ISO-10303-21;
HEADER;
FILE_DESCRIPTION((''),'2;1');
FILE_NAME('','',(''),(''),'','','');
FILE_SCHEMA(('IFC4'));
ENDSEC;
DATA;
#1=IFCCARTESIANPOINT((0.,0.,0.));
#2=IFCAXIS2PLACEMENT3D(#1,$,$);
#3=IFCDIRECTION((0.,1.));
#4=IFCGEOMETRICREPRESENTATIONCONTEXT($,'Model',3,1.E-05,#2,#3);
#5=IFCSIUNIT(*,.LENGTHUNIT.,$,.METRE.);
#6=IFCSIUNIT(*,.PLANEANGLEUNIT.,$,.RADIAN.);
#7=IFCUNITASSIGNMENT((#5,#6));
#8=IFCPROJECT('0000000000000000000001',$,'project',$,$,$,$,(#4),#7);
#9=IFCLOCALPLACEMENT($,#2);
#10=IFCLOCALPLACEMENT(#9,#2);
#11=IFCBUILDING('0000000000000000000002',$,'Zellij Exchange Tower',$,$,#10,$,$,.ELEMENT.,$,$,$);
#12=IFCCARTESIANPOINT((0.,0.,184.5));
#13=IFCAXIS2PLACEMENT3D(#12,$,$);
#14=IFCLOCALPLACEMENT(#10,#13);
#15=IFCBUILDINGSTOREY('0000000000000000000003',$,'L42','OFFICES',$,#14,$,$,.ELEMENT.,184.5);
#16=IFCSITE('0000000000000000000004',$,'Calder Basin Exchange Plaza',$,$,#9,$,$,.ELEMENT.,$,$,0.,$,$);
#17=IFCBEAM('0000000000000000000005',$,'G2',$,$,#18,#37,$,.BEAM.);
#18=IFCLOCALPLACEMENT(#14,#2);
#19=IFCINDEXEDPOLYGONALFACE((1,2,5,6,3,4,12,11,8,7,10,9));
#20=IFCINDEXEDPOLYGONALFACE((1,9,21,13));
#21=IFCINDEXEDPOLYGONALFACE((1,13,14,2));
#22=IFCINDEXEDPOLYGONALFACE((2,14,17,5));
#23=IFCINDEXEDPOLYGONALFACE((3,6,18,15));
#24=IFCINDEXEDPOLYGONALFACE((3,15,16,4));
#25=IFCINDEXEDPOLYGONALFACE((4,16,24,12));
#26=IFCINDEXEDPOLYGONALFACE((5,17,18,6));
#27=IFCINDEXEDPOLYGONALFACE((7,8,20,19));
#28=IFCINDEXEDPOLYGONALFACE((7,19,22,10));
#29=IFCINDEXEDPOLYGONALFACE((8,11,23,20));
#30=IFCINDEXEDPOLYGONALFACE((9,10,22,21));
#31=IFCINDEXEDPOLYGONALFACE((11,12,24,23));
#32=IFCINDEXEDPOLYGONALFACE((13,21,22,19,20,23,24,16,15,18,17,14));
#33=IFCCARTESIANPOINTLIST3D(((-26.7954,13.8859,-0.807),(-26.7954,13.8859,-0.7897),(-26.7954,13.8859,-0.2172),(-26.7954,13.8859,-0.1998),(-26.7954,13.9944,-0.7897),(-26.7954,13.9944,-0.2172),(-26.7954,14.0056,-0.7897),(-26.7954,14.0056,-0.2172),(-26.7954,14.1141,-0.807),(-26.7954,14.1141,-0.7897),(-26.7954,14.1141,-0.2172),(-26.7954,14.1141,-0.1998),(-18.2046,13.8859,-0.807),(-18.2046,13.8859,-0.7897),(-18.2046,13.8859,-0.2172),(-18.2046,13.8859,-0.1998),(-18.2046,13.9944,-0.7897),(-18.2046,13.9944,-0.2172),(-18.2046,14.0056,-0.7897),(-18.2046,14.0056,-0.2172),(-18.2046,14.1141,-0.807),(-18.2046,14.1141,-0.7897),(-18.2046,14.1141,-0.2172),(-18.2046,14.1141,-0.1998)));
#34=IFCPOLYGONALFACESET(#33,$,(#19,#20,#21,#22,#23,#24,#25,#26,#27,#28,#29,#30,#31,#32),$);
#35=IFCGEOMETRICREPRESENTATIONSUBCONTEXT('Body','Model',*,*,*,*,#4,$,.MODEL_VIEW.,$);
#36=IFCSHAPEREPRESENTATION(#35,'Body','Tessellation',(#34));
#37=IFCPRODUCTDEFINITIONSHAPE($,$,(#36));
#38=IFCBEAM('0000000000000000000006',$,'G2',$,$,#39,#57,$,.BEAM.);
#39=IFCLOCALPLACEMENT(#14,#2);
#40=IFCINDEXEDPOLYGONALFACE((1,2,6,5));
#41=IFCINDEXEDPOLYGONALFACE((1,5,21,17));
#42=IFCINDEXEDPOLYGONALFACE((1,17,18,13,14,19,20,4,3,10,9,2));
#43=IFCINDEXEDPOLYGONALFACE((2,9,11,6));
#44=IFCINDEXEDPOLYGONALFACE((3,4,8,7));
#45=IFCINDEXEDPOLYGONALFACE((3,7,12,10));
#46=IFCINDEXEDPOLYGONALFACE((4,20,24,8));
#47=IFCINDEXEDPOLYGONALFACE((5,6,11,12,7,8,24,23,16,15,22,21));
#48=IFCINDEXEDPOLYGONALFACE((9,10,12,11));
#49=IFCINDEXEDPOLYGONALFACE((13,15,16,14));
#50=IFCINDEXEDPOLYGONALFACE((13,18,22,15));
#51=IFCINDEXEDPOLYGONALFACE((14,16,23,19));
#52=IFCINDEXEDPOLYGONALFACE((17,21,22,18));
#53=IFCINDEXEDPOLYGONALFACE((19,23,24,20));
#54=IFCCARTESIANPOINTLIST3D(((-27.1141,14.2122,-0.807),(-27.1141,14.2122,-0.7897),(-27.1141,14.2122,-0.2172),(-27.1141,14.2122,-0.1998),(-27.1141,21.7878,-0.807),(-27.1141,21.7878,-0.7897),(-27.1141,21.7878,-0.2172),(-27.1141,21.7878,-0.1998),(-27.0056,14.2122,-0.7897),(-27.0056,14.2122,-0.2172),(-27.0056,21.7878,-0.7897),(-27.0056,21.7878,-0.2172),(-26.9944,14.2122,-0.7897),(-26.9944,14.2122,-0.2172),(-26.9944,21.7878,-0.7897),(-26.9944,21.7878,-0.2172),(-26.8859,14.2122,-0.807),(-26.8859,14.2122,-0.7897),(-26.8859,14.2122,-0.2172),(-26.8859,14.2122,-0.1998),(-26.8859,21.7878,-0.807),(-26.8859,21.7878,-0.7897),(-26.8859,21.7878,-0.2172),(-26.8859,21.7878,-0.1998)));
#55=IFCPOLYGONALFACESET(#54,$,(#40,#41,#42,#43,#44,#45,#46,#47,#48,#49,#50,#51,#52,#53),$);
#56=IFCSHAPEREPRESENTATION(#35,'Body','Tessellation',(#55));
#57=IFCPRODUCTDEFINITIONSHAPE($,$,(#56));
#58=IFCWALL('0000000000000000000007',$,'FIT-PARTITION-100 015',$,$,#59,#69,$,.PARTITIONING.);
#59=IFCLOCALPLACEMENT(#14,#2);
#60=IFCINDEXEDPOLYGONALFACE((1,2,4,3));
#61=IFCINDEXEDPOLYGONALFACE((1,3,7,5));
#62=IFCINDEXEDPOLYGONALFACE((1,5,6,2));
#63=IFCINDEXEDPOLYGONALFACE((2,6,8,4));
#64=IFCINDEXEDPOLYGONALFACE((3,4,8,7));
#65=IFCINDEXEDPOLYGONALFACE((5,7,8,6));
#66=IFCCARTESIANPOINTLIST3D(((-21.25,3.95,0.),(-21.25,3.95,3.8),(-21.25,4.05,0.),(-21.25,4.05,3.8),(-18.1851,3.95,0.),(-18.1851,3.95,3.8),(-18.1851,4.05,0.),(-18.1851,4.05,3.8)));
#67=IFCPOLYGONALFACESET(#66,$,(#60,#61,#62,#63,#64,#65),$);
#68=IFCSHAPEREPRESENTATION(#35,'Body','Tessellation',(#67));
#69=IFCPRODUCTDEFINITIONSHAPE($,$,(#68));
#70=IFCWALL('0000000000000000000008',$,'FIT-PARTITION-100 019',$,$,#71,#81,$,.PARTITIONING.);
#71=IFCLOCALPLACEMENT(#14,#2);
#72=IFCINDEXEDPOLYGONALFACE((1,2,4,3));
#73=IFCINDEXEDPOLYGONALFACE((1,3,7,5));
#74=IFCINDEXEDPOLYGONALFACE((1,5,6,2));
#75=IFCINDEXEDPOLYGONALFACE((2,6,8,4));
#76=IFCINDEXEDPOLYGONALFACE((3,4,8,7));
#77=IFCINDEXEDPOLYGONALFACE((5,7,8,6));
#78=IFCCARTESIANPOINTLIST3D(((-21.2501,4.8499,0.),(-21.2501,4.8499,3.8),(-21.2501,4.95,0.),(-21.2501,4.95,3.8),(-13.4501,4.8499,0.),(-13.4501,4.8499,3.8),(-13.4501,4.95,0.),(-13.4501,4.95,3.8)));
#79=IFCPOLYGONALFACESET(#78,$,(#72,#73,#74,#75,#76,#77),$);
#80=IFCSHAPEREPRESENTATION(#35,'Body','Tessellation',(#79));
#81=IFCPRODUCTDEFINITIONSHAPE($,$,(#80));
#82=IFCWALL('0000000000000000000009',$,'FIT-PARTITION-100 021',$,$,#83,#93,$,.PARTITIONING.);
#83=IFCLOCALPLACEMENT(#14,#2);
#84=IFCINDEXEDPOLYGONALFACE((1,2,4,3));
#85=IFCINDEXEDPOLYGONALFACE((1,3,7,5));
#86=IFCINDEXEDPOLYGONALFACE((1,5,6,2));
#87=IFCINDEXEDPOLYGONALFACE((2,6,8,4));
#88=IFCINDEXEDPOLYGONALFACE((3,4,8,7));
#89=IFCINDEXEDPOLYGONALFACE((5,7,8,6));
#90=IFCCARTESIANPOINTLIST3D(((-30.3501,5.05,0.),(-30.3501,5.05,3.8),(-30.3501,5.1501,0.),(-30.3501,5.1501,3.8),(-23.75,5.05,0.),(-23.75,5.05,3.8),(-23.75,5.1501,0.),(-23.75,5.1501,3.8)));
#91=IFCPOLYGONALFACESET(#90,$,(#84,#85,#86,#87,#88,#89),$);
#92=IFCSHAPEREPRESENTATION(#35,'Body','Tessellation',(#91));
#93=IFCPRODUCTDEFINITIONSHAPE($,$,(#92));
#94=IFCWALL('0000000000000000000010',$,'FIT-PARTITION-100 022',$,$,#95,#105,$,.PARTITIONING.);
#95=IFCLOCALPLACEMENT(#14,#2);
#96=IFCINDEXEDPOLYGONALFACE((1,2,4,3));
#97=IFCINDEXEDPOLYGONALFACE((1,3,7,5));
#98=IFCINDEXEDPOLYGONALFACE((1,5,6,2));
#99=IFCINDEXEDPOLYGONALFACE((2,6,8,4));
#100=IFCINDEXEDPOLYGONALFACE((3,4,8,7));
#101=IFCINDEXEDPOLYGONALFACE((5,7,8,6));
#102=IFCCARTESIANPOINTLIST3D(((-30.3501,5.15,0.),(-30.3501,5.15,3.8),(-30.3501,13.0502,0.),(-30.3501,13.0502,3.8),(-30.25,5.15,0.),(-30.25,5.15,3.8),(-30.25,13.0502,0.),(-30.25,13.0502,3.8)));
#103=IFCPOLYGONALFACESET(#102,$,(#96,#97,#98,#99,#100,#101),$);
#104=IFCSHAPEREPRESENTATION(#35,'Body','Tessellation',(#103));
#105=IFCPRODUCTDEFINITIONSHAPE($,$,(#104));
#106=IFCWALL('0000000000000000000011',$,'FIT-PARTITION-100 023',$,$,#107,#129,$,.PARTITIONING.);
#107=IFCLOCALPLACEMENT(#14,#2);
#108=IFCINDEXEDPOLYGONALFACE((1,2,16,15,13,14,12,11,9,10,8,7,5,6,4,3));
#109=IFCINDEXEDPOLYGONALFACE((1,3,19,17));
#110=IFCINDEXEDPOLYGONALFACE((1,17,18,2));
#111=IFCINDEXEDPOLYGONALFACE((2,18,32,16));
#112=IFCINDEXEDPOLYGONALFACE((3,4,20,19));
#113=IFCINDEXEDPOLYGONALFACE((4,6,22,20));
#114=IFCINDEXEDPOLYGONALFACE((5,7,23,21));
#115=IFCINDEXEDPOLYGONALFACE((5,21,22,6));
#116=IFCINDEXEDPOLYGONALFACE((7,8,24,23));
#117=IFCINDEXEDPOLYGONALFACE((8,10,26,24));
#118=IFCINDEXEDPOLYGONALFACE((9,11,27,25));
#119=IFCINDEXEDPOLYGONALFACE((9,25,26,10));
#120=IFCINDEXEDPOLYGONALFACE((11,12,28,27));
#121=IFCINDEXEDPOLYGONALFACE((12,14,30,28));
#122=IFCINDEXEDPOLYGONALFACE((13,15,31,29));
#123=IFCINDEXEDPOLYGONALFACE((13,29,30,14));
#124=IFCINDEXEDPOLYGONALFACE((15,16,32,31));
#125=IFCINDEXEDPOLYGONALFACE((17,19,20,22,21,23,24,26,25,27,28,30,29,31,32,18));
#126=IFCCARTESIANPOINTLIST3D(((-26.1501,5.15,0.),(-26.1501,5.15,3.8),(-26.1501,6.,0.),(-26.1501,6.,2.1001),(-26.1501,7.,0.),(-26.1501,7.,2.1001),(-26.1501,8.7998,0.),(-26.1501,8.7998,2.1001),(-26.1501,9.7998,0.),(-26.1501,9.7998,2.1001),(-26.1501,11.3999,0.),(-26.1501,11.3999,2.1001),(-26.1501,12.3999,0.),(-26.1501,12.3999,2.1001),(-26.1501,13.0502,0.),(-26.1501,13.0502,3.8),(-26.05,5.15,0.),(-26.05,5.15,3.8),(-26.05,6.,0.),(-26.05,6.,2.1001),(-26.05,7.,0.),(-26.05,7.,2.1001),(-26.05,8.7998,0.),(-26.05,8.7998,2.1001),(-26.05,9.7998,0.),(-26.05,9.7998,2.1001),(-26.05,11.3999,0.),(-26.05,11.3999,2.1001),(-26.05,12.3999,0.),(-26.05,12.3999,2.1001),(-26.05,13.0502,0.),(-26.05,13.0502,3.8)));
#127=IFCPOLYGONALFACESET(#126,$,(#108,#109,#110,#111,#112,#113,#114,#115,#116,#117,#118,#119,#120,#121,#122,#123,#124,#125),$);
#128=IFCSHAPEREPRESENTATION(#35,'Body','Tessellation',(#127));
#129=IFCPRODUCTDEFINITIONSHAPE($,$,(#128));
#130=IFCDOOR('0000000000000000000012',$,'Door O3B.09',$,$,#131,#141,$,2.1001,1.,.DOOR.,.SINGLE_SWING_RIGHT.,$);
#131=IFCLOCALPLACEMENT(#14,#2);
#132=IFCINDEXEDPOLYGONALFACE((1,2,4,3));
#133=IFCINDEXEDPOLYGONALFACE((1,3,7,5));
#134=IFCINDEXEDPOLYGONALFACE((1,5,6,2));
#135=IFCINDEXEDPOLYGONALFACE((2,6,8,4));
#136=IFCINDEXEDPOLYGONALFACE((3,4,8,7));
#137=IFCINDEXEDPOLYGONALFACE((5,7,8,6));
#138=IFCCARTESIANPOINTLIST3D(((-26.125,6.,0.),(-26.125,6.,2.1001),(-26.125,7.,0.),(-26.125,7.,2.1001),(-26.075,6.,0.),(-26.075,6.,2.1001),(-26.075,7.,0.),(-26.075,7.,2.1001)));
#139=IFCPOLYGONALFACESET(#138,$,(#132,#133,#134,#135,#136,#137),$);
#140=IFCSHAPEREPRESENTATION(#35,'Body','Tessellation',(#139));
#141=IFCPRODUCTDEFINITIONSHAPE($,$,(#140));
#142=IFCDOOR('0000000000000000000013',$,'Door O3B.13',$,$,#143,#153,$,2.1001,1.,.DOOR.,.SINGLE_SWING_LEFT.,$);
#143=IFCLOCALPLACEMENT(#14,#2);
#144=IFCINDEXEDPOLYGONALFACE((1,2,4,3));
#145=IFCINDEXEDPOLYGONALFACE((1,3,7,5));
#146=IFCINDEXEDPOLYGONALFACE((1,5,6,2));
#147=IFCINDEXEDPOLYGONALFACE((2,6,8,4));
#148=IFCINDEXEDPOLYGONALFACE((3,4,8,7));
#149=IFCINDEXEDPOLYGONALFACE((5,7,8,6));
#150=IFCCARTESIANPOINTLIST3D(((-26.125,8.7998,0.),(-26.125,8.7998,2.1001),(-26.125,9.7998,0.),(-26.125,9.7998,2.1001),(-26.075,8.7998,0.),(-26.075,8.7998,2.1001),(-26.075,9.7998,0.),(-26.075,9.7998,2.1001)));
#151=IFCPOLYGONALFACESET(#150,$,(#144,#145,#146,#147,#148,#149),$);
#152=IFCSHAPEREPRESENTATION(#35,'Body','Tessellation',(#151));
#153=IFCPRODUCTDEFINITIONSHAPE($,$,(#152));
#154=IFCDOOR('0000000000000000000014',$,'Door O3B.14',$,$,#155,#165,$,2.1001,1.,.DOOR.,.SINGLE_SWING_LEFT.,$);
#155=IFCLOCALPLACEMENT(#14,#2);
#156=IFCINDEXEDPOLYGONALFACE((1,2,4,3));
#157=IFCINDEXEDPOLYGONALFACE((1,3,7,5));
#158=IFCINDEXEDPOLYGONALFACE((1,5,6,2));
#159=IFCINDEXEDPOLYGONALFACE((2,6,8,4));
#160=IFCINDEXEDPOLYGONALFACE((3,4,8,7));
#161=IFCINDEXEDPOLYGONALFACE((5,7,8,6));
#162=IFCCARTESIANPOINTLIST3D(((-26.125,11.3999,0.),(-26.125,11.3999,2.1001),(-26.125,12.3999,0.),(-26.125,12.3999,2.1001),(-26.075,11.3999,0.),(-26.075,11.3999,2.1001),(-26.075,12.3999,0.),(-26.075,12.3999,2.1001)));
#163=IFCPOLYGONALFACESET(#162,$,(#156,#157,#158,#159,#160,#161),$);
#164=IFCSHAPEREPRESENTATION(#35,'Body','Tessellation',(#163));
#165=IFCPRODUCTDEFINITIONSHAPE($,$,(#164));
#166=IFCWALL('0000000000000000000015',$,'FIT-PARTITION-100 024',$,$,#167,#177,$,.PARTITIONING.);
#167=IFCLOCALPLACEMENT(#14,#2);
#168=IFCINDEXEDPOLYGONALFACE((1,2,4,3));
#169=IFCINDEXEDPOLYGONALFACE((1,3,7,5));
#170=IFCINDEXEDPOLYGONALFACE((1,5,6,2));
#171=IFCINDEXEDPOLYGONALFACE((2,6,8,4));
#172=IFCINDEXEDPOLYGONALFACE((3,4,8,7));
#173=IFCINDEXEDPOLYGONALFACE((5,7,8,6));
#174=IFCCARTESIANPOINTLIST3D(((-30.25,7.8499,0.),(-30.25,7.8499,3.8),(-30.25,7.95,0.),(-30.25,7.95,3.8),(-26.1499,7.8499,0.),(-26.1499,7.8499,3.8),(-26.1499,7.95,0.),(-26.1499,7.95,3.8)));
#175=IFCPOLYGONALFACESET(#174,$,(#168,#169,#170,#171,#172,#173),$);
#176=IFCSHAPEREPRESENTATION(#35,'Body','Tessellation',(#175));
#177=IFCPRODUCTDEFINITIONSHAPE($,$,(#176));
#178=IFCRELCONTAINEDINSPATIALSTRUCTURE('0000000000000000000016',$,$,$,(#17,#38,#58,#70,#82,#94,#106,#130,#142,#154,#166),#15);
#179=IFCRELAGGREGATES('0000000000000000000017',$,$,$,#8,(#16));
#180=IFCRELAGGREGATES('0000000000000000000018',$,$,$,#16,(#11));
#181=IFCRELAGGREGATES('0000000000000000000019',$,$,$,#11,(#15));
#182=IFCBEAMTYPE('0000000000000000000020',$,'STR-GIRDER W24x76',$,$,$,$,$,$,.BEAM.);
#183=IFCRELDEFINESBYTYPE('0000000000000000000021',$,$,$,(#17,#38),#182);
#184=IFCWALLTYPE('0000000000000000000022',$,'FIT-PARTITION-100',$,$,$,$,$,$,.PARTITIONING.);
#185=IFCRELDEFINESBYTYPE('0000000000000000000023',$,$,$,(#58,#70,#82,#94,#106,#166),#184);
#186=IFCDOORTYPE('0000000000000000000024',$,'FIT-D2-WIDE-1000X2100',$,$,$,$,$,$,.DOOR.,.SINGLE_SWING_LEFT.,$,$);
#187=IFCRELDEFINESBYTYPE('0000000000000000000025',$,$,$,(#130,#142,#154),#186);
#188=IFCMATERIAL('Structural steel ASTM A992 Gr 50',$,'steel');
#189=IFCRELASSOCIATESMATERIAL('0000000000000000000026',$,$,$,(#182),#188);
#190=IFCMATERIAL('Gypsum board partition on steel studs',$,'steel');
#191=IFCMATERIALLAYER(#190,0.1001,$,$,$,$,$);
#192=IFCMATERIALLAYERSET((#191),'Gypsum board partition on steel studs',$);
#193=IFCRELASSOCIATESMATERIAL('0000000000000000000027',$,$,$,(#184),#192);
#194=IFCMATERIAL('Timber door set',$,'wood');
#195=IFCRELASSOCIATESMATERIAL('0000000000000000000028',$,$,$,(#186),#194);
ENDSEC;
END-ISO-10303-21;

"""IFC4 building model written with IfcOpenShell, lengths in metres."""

from ifc_helpers import new_model, si_unit, direction, frame, frame_2d, origin, origin_2d, place, context, subcontext, project, spatial, rectangle, i_section, extrude, material, layer, layer_set, material_profile, profile_set, type_object, element, fill, save


model = new_model("IFC4")

# Units and contexts
model_context = context("Model", 3, precision=1e-05, world=origin(), true_north=direction((0.0, 1.0)))
body_context = subcontext(model_context, "Body", "Model", "MODEL_VIEW")
ifc_project = project(units=[si_unit("LENGTHUNIT", "METRE"), si_unit("PLANEANGLEUNIT", "RADIAN")], contexts=[model_context])

# Site, building, storey
site_placement = place(None, origin())
site = spatial("IfcSite", under=ifc_project, at=site_placement, Name="Calder Basin Exchange Plaza", CompositionType="ELEMENT", RefElevation=0.0)
building_placement = place(site_placement, origin())
building = spatial("IfcBuilding", under=site, at=building_placement, Name="Zellij Exchange Tower", CompositionType="ELEMENT")
storey_placement = place(building_placement, frame((0.0, 0.0, 184.5)))
storey = spatial("IfcBuildingStorey", under=building, at=storey_placement, Name="L42", Description="OFFICES", CompositionType="ELEMENT", Elevation=184.5)

# Beams
ifc_material_1 = material(Name="Structural steel ASTM A992 Gr 50", Category="steel")
ifc_material_profile_1 = material_profile(ifc_material_1, i_section(OverallWidth=0.2283, OverallDepth=0.6072, WebThickness=0.0112, FlangeThickness=0.0173, at=origin_2d()), Name="W24x76")
ifc_profile_set_1 = profile_set([ifc_material_profile_1], Name="Structural steel ASTM A992 Gr 50")
beam_type_1 = type_object("IfcBeamType", Name="STR-GIRDER W24x76", PredefinedType="BEAM", material=ifc_profile_set_1)
beam_1_placement = place(storey_placement, frame((-26.7954, 14.0, -0.5034), z_axis=(1.0, 0.0, 0.0), x_axis=(0.0, 1.0, 0.0)))
element("IfcBeam", 1, at=beam_1_placement, inside=storey, type_object=beam_type_1, Name="G2", PredefinedType="BEAM", context=body_context, shape_type="SweptSolid", body=[
    extrude(i_section(OverallWidth=0.2283, OverallDepth=0.6072, WebThickness=0.0112, FlangeThickness=0.0173, at=origin_2d()), origin(), (0.0, 0.0, 1.0), 8.5908),
])
beam_2_placement = place(storey_placement, frame((-27.0, 14.2122, -0.5034), z_axis=(0.0, 1.0, 0.0), x_axis=(-1.0, 0.0, 0.0)))
element("IfcBeam", 2, at=beam_2_placement, inside=storey, type_object=beam_type_1, Name="G2", PredefinedType="BEAM", context=body_context, shape_type="SweptSolid", body=[
    extrude(i_section(OverallWidth=0.2283, OverallDepth=0.6072, WebThickness=0.0112, FlangeThickness=0.0173, at=origin_2d()), origin(), (0.0, 0.0, 1.0), 7.5757),
])

# Walls
ifc_material_2 = material(Name="Gypsum board partition on steel studs", Category="steel")
ifc_layer_1 = layer(ifc_material_2, 0.1001)
ifc_layer_set_1 = layer_set([ifc_layer_1], Name="Gypsum board partition on steel studs")
wall_type_1 = type_object("IfcWallType", Name="FIT-PARTITION-100", PredefinedType="PARTITIONING", material=ifc_layer_set_1)
wall_1_placement = place(storey_placement, frame((-21.25, 4.0, 0.0), z_axis=(0.0, 0.0, 1.0), x_axis=(1.0, 0.0, 0.0)))
element("IfcWall", 3, at=wall_1_placement, inside=storey, type_object=wall_type_1, Name="FIT-PARTITION-100 015", PredefinedType="PARTITIONING", context=body_context, shape_type="SweptSolid", body=[
    extrude(rectangle(XDim=3.0649, YDim=0.1001, at=frame_2d((1.5325, 0.0))), origin(), (0.0, 0.0, 1.0), 3.8),
])
wall_2_placement = place(storey_placement, frame((-21.25, 4.8999, 0.0), z_axis=(0.0, 0.0, 1.0), x_axis=(1.0, 0.0, 0.0)))
element("IfcWall", 4, at=wall_2_placement, inside=storey, type_object=wall_type_1, Name="FIT-PARTITION-100 019", PredefinedType="PARTITIONING", context=body_context, shape_type="SweptSolid", body=[
    extrude(rectangle(XDim=7.8, YDim=0.1001, at=frame_2d((3.8999, 0.0))), origin(), (0.0, 0.0, 1.0), 3.8),
])
wall_3_placement = place(storey_placement, frame((-30.3501, 5.1001, 0.0), z_axis=(0.0, 0.0, 1.0), x_axis=(1.0, 0.0, 0.0)))
element("IfcWall", 5, at=wall_3_placement, inside=storey, type_object=wall_type_1, Name="FIT-PARTITION-100 021", PredefinedType="PARTITIONING", context=body_context, shape_type="SweptSolid", body=[
    extrude(rectangle(XDim=6.6001, YDim=0.1001, at=frame_2d((3.3, 0.0))), origin(), (0.0, 0.0, 1.0), 3.8),
])
wall_4_placement = place(storey_placement, frame((-30.3, 5.1499, 0.0), z_axis=(0.0, 0.0, 1.0), x_axis=(0.0, 1.0, 0.0)))
element("IfcWall", 6, at=wall_4_placement, inside=storey, type_object=wall_type_1, Name="FIT-PARTITION-100 022", PredefinedType="PARTITIONING", context=body_context, shape_type="SweptSolid", body=[
    extrude(rectangle(XDim=7.9001, YDim=0.1001, at=frame_2d((3.9502, 0.0))), origin(), (0.0, 0.0, 1.0), 3.8),
])

# Wall, openings, doors
wall_5_placement = place(storey_placement, frame((-26.1001, 5.1499, 0.0), z_axis=(0.0, 0.0, 1.0), x_axis=(0.0, 1.0, 0.0)))
wall_5 = element("IfcWall", 7, at=wall_5_placement, inside=storey, type_object=wall_type_1, Name="FIT-PARTITION-100 023", PredefinedType="PARTITIONING", context=body_context, shape_type="SweptSolid", body=[
    extrude(rectangle(XDim=7.9001, YDim=0.1001, at=frame_2d((3.9502, 0.0))), origin(), (0.0, 0.0, 1.0), 3.8),
])
opening_1_placement = place(wall_5_placement, frame((0.8501, 0.0, 0.0)))
opening_1 = element("IfcOpeningElement", 8, at=opening_1_placement, cuts=wall_5, PredefinedType="OPENING", context=body_context, shape_type="SweptSolid", body=[
    extrude(rectangle(XDim=1.0, YDim=2.1001, at=frame_2d((0.5, 1.05))), frame((0.0, 0.062, 0.0), z_axis=(0.0, -1.0, 0.0), x_axis=(1.0, 0.0, 0.0)), (0.0, 0.0, 1.0), 0.124),
])
opening_2_placement = place(wall_5_placement, frame((3.6499, 0.0, 0.0)))
opening_2 = element("IfcOpeningElement", 9, at=opening_2_placement, cuts=wall_5, PredefinedType="OPENING", context=body_context, shape_type="SweptSolid", body=[
    extrude(rectangle(XDim=1.0, YDim=2.1001, at=frame_2d((0.5, 1.05))), frame((0.0, 0.062, 0.0), z_axis=(0.0, -1.0, 0.0), x_axis=(1.0, 0.0, 0.0)), (0.0, 0.0, 1.0), 0.124),
])
opening_3_placement = place(wall_5_placement, frame((6.25, 0.0, 0.0)))
opening_3 = element("IfcOpeningElement", 10, at=opening_3_placement, cuts=wall_5, PredefinedType="OPENING", context=body_context, shape_type="SweptSolid", body=[
    extrude(rectangle(XDim=1.0, YDim=2.1001, at=frame_2d((0.5, 1.05))), frame((0.0, 0.062, 0.0), z_axis=(0.0, -1.0, 0.0), x_axis=(1.0, 0.0, 0.0)), (0.0, 0.0, 1.0), 0.124),
])
ifc_material_3 = material(Name="Timber door set", Category="wood")
door_type = type_object("IfcDoorType", Name="FIT-D2-WIDE-1000X2100", OperationType="SINGLE_SWING_LEFT", PredefinedType="DOOR", material=ifc_material_3)
door_1_placement = place(opening_1_placement, origin())
door_1 = element("IfcDoor", 11, at=door_1_placement, inside=storey, type_object=door_type, Name="Door O3B.09", OperationType="SINGLE_SWING_RIGHT", OverallHeight=2.1001, OverallWidth=1.0, PredefinedType="DOOR", context=body_context, shape_type="SweptSolid", body=[
    extrude(rectangle(XDim=1.0, YDim=2.1001, at=frame_2d((0.5, 1.05))), frame((0.0, 0.0249, 0.0), z_axis=(0.0, -1.0, 0.0), x_axis=(1.0, 0.0, 0.0)), (0.0, 0.0, 1.0), 0.05),
])
fill(opening_1, door_1)
door_2_placement = place(opening_2_placement, origin())
door_2 = element("IfcDoor", 12, at=door_2_placement, inside=storey, type_object=door_type, Name="Door O3B.13", OperationType="SINGLE_SWING_LEFT", OverallHeight=2.1001, OverallWidth=1.0, PredefinedType="DOOR", context=body_context, shape_type="SweptSolid", body=[
    extrude(rectangle(XDim=1.0, YDim=2.1001, at=frame_2d((0.5, 1.05))), frame((0.0, 0.0249, 0.0), z_axis=(0.0, -1.0, 0.0), x_axis=(1.0, 0.0, 0.0)), (0.0, 0.0, 1.0), 0.05),
])
fill(opening_2, door_2)
door_3_placement = place(opening_3_placement, origin())
door_3 = element("IfcDoor", 13, at=door_3_placement, inside=storey, type_object=door_type, Name="Door O3B.14", OperationType="SINGLE_SWING_LEFT", OverallHeight=2.1001, OverallWidth=1.0, PredefinedType="DOOR", context=body_context, shape_type="SweptSolid", body=[
    extrude(rectangle(XDim=1.0, YDim=2.1001, at=frame_2d((0.5, 1.05))), frame((0.0, 0.0249, 0.0), z_axis=(0.0, -1.0, 0.0), x_axis=(1.0, 0.0, 0.0)), (0.0, 0.0, 1.0), 0.05),
])
fill(opening_3, door_3)

# Wall
wall_6_placement = place(storey_placement, frame((-30.25, 7.8999, 0.0), z_axis=(0.0, 0.0, 1.0), x_axis=(1.0, 0.0, 0.0)))
element("IfcWall", 14, at=wall_6_placement, inside=storey, type_object=wall_type_1, Name="FIT-PARTITION-100 024", PredefinedType="PARTITIONING", context=body_context, shape_type="SweptSolid", body=[
    extrude(rectangle(XDim=4.1001, YDim=0.1001, at=frame_2d((2.05, 0.0))), origin(), (0.0, 0.0, 1.0), 3.8),
])

save(model, "model.ifc")
